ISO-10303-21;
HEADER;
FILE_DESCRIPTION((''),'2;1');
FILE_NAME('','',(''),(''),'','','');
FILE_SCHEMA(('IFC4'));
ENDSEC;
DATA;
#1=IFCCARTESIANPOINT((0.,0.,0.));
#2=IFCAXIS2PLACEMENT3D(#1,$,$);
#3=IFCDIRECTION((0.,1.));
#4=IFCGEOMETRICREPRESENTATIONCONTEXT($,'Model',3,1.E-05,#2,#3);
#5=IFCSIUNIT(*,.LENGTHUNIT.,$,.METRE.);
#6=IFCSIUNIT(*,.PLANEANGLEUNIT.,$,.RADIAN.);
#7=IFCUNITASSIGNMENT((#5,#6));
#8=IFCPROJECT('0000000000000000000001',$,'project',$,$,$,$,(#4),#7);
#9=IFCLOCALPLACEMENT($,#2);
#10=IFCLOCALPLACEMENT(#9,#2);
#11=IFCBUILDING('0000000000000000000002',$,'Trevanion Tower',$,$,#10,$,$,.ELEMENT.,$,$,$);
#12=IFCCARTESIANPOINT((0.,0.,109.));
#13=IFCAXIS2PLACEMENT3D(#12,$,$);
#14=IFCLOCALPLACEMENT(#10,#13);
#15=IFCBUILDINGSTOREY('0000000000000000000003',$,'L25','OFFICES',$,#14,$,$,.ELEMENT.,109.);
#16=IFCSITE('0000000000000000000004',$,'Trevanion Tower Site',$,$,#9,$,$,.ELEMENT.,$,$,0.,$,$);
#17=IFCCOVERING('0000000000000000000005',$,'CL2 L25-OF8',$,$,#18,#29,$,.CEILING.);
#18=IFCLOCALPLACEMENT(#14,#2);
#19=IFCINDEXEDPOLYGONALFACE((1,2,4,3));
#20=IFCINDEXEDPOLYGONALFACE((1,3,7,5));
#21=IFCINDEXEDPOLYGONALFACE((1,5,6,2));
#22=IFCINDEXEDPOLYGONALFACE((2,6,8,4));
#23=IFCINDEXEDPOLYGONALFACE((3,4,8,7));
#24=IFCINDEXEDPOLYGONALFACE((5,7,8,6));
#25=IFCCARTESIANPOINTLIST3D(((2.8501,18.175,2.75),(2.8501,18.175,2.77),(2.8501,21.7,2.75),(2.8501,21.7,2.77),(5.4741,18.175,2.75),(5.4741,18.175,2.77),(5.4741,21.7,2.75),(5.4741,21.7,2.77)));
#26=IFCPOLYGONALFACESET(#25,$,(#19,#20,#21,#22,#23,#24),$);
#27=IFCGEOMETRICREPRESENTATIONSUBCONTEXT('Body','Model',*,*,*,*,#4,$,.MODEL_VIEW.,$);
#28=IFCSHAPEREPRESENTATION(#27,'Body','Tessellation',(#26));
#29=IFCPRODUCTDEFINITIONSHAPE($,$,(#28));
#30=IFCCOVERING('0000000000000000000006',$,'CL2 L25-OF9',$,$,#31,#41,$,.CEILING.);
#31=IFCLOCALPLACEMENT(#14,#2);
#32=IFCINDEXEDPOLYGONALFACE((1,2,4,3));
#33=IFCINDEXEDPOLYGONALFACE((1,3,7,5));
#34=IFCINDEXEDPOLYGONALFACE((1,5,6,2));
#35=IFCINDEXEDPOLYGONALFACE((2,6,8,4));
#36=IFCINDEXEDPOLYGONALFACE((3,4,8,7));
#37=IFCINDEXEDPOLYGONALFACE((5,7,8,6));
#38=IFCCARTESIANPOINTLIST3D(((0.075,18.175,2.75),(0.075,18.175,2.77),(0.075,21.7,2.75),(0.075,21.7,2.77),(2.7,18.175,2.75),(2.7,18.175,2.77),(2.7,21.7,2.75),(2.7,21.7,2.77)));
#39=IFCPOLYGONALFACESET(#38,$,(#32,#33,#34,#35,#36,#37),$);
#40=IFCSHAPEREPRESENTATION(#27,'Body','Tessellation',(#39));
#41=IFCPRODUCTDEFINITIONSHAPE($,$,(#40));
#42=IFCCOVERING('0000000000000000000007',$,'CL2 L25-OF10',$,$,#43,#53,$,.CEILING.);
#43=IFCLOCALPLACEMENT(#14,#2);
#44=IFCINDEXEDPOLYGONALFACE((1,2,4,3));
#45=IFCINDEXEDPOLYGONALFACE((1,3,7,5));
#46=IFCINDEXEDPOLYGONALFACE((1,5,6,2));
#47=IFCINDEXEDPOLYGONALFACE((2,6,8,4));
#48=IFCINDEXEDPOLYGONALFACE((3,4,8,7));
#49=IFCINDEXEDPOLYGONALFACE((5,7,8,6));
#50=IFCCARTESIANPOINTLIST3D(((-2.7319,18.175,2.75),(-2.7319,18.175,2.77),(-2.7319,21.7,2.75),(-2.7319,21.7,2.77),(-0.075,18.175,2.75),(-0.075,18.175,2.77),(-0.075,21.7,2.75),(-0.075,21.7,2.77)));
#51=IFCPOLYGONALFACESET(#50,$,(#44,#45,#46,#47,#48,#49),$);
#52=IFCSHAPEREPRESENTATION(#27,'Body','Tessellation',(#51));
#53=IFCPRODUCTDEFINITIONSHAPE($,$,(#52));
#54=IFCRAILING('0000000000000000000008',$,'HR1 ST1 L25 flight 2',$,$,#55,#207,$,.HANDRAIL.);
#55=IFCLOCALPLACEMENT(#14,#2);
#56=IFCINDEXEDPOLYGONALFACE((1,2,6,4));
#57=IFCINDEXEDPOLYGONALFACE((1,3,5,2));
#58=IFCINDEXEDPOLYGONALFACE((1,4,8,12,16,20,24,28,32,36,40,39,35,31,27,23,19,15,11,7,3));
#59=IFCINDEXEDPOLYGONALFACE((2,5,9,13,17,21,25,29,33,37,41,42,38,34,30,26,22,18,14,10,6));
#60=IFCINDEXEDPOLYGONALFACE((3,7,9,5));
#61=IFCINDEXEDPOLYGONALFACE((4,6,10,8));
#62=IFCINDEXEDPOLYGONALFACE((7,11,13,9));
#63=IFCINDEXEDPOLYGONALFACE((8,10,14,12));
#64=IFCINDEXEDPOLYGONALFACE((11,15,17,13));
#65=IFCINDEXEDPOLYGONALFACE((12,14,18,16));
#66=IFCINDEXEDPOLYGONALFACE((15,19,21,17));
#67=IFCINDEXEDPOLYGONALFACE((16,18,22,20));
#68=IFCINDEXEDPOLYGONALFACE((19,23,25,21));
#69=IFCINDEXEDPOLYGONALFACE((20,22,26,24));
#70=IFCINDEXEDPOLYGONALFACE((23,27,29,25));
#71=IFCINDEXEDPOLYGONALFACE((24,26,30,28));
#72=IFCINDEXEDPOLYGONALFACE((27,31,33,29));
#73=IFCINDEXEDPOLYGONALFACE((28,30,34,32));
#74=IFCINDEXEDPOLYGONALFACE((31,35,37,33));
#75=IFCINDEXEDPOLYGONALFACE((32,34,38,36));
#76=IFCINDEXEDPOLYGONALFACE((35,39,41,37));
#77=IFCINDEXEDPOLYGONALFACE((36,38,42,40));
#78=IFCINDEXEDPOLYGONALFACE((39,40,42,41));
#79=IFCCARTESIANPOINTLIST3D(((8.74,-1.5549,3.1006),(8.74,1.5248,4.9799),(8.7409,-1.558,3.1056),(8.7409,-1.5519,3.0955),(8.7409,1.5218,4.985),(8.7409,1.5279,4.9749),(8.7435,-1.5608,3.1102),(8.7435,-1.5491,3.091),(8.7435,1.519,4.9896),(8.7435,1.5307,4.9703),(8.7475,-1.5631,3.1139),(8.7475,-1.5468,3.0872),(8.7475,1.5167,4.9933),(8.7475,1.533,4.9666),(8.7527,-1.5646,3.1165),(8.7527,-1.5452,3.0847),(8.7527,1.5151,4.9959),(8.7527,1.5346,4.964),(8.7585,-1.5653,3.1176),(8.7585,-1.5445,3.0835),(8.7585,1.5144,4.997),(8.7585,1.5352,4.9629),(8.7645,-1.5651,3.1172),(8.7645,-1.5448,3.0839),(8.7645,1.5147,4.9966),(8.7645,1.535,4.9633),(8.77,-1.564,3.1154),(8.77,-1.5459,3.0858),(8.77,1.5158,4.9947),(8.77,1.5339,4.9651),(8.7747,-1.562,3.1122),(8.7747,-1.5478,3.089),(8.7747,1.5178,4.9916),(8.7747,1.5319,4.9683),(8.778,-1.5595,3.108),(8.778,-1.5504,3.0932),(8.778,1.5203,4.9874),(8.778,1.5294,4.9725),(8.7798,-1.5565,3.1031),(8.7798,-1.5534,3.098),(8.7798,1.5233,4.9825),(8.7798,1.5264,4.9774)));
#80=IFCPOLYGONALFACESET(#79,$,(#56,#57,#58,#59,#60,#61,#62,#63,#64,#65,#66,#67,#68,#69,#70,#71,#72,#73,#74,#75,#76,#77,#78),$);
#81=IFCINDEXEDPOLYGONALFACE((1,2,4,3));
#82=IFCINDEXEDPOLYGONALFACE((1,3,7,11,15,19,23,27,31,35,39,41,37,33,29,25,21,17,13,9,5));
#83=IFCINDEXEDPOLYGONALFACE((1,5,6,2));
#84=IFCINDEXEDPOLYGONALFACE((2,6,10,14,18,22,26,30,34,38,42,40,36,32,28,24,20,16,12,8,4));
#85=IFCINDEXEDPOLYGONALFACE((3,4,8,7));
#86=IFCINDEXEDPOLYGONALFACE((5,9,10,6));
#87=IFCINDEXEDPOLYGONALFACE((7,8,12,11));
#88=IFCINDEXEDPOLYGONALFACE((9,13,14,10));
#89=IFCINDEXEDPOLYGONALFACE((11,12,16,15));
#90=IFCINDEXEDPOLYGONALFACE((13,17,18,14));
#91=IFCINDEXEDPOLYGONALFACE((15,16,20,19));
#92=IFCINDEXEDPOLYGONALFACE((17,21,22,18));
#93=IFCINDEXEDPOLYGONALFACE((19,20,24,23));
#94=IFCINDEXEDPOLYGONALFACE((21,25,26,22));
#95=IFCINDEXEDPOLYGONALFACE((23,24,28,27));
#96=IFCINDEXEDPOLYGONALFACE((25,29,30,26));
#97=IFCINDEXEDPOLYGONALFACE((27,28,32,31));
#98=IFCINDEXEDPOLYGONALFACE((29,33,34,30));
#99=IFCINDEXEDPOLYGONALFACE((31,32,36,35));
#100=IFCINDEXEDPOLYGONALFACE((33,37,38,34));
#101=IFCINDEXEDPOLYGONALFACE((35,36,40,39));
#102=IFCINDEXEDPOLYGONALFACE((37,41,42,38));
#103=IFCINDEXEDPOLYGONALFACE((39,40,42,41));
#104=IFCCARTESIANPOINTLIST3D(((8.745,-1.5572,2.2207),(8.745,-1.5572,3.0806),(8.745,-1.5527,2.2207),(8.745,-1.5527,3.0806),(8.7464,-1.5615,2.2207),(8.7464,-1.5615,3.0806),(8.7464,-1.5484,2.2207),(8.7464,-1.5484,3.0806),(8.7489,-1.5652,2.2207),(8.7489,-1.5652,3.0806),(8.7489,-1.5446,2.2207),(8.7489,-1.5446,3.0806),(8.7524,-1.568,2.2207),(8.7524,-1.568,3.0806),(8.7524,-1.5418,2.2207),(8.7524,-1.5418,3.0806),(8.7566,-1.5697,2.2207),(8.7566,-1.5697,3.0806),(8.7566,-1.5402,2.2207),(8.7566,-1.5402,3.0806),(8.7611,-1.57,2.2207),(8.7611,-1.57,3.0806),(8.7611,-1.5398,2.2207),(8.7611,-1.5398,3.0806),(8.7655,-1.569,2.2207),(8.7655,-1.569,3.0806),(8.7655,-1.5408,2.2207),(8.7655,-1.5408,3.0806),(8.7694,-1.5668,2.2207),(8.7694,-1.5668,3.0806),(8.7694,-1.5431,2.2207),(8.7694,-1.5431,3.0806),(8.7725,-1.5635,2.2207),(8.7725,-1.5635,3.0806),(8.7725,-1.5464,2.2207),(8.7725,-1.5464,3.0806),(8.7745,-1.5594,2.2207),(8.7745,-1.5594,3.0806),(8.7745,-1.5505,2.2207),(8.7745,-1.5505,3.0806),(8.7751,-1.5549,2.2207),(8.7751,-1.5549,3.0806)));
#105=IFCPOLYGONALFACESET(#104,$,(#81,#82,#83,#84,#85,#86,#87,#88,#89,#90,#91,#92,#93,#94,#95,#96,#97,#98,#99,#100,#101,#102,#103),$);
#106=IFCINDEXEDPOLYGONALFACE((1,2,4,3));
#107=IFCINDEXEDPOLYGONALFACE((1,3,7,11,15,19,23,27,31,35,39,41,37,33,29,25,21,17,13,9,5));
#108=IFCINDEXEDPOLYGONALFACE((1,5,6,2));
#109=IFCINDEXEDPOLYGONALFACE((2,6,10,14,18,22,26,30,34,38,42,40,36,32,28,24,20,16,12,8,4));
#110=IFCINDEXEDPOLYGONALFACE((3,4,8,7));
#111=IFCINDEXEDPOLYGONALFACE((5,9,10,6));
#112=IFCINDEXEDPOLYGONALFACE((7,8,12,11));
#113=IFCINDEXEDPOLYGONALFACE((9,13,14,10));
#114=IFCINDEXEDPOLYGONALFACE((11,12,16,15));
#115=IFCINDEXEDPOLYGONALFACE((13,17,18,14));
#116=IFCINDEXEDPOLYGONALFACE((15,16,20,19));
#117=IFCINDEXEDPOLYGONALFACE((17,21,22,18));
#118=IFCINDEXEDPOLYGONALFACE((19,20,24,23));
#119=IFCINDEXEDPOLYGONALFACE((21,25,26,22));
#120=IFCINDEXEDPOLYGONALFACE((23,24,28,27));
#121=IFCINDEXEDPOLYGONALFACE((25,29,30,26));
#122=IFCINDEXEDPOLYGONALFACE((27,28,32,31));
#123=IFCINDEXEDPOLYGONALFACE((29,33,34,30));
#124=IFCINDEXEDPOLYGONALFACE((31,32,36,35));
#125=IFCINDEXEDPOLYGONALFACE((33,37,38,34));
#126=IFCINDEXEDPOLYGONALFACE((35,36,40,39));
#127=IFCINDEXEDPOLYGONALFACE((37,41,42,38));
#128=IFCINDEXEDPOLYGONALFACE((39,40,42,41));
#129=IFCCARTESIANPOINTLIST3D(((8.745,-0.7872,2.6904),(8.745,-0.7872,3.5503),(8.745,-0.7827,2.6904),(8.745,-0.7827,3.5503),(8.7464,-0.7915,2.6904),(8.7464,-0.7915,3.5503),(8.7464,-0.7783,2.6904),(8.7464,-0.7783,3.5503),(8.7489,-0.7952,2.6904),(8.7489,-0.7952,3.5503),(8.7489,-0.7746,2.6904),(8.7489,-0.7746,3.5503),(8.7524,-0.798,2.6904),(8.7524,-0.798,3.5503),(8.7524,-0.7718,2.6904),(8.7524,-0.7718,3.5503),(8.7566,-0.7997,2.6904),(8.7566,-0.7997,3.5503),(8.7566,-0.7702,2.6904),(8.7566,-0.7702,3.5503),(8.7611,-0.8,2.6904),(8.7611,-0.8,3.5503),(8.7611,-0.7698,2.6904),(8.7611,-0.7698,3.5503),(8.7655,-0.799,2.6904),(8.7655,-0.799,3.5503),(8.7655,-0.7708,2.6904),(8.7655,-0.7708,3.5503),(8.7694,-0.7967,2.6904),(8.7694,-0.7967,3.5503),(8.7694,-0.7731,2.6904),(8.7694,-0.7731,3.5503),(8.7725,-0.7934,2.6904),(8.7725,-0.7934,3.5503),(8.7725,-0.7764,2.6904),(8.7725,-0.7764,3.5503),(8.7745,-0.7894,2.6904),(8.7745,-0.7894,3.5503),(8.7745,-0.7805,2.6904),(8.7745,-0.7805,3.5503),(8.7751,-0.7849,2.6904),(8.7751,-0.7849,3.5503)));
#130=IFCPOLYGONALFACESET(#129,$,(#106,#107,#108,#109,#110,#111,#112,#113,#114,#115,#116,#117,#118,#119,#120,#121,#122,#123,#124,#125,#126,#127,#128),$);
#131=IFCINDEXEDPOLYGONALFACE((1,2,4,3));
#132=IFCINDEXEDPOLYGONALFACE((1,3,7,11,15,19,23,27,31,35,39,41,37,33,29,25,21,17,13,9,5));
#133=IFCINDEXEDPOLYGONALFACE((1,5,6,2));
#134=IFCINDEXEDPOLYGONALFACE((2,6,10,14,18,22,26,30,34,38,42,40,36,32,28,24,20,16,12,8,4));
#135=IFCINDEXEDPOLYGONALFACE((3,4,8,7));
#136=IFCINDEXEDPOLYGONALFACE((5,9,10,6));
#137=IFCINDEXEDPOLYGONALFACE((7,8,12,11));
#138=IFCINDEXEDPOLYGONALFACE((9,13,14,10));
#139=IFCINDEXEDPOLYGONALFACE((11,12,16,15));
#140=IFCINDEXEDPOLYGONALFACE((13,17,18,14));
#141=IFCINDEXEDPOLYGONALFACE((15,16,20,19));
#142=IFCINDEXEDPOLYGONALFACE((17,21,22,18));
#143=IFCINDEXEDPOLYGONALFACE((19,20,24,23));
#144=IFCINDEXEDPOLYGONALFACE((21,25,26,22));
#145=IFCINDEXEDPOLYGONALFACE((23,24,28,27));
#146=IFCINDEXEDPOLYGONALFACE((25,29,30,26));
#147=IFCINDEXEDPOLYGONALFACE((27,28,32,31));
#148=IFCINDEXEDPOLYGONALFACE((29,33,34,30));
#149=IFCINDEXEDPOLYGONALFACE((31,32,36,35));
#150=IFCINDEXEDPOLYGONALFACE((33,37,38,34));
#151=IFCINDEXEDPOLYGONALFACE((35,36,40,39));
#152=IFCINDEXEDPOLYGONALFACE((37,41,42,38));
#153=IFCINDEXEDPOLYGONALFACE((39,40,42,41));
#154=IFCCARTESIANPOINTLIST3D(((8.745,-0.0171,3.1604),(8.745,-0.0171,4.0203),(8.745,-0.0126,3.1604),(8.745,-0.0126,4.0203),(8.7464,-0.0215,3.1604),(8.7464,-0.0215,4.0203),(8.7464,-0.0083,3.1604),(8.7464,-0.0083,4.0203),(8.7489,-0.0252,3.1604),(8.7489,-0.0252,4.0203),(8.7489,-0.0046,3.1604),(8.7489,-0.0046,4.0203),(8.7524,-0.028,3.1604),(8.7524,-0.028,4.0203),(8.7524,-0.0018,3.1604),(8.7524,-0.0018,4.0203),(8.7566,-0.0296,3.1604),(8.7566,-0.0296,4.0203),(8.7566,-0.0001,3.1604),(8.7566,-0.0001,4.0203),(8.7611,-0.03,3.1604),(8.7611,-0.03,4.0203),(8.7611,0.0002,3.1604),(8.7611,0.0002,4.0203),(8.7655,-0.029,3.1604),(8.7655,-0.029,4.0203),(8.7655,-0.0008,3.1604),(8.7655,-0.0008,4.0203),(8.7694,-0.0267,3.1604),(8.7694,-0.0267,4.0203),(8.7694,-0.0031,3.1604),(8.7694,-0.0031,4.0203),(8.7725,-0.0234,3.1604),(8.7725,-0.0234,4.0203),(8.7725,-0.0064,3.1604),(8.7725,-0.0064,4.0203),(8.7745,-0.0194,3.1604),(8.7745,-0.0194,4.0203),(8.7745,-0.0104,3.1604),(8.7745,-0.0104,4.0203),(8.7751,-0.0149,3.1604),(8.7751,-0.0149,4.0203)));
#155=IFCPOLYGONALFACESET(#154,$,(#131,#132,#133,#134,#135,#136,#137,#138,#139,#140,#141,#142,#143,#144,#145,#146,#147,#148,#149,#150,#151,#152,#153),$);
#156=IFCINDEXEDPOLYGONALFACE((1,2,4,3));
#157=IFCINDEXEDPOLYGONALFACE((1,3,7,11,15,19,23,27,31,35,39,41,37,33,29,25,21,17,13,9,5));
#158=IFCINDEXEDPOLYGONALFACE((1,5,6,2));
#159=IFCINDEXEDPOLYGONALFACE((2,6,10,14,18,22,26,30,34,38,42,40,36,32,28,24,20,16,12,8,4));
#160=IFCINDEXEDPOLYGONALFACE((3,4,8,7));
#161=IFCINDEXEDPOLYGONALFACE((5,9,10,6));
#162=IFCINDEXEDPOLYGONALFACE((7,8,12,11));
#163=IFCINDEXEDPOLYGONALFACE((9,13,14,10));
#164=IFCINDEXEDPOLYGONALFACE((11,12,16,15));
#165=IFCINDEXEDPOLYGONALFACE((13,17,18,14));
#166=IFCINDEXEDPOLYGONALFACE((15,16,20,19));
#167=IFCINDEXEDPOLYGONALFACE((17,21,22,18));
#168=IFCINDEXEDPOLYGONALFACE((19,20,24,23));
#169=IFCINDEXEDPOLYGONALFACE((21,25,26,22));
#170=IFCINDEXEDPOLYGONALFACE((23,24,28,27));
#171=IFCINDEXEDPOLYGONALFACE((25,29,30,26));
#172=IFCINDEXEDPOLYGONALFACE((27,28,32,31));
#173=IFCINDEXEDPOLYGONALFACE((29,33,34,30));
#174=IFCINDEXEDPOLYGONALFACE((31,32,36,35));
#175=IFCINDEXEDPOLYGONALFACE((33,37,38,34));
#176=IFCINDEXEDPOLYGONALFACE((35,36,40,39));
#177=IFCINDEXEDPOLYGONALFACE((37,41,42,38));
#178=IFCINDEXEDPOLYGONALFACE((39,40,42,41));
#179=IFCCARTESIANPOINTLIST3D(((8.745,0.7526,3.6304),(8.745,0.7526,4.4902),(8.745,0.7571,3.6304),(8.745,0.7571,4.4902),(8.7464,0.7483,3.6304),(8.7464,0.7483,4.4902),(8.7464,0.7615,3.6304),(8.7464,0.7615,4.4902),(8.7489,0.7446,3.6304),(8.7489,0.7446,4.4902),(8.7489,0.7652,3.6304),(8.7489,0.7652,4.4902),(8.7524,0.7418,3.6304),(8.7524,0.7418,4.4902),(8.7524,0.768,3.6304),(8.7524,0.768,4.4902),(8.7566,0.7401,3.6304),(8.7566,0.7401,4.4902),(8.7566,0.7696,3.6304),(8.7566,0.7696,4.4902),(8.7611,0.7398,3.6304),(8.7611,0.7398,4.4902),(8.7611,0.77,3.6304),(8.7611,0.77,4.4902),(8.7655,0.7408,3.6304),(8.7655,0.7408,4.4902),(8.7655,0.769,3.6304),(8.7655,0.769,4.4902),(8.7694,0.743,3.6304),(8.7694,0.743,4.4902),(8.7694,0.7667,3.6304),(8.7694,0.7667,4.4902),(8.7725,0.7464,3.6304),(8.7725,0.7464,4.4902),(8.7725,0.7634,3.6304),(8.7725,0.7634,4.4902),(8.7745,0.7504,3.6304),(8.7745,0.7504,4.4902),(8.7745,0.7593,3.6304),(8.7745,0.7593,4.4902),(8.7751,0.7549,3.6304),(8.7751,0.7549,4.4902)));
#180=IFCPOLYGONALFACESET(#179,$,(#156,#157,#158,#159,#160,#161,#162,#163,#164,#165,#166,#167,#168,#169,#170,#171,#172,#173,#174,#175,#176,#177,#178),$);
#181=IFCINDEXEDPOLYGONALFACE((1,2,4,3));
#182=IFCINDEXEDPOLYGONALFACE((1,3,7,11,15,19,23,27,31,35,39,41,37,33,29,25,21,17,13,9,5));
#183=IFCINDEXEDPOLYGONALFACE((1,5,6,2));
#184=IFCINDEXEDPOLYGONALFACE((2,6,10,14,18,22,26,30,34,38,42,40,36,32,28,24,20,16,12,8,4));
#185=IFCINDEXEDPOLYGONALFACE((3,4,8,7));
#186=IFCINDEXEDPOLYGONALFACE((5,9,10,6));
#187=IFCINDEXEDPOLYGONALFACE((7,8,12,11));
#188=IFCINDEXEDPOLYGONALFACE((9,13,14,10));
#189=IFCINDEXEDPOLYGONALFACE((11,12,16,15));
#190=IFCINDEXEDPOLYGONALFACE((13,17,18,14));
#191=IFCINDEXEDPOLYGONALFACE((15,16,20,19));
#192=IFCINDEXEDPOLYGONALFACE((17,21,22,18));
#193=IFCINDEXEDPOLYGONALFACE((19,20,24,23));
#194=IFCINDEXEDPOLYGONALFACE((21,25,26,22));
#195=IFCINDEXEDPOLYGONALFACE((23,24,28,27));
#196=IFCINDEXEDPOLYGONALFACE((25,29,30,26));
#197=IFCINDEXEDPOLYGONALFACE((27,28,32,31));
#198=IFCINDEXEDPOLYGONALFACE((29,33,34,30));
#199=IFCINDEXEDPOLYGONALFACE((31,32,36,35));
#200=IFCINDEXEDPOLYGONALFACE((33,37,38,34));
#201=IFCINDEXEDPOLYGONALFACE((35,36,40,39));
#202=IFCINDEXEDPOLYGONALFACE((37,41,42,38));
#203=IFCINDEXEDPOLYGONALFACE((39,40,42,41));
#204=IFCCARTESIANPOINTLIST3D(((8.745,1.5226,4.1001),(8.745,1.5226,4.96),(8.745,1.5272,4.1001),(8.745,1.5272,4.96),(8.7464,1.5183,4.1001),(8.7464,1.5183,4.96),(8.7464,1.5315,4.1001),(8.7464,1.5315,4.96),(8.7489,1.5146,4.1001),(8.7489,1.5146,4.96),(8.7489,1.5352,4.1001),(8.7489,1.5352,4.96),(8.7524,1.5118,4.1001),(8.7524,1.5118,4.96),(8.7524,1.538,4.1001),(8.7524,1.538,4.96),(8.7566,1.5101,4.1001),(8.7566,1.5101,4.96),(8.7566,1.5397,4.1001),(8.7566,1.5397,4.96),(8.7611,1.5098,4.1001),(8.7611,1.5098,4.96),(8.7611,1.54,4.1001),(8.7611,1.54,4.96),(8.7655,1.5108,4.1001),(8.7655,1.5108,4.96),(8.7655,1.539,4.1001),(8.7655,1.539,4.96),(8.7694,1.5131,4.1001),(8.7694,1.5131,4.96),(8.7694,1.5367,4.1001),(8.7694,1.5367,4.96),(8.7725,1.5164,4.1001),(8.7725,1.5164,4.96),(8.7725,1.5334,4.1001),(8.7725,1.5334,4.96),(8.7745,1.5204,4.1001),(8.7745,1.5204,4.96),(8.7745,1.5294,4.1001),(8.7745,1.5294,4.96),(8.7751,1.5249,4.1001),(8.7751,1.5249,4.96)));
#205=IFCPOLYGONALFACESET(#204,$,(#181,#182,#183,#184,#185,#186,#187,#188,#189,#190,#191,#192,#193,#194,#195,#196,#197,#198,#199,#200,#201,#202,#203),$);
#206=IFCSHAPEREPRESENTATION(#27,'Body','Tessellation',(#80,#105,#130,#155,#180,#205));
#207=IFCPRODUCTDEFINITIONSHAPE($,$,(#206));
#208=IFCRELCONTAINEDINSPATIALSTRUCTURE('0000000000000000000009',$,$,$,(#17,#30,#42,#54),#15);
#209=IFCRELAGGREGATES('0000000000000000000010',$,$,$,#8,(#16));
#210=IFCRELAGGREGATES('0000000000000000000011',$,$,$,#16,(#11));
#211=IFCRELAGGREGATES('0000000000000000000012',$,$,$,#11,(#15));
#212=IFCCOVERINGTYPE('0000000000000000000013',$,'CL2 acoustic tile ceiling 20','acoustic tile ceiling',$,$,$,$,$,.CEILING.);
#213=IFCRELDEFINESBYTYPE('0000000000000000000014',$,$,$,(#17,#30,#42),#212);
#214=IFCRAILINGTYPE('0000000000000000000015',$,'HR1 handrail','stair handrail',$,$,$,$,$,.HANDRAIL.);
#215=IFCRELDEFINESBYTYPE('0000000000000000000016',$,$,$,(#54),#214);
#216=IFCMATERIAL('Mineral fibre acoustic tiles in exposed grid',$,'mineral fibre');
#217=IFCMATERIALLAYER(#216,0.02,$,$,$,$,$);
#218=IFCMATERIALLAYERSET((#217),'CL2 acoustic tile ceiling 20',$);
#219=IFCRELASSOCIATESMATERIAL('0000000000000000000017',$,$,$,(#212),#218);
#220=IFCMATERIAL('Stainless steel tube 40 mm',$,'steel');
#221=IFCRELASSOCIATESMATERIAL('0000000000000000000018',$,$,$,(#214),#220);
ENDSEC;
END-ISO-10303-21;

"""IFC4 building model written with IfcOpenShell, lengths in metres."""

from ifc_helpers import new_model, si_unit, direction, frame, origin, origin_2d, place, context, subcontext, project, spatial, polyline, circle, outline, extrude, material, layer, layer_set, type_object, element, save


model = new_model("IFC4")

# Units and contexts
model_context = context("Model", 3, precision=1e-05, world=origin(), true_north=direction((0.0, 1.0)))
body_context = subcontext(model_context, "Body", "Model", "MODEL_VIEW")
ifc_project = project(units=[si_unit("LENGTHUNIT", "METRE"), si_unit("PLANEANGLEUNIT", "RADIAN")], contexts=[model_context])

# Site, building, storey
site_placement = place(None, origin())
site = spatial("IfcSite", under=ifc_project, at=site_placement, Name="Trevanion Tower Site", CompositionType="ELEMENT", RefElevation=0.0)
building_placement = place(site_placement, origin())
building = spatial("IfcBuilding", under=site, at=building_placement, Name="Trevanion Tower", CompositionType="ELEMENT")
storey_placement = place(building_placement, frame((0.0, 0.0, 109.0)))
storey = spatial("IfcBuildingStorey", under=building, at=storey_placement, Name="L25", Description="OFFICES", CompositionType="ELEMENT", Elevation=109.0)

# Coverings
ifc_material_1 = material(Name="Mineral fibre acoustic tiles in exposed grid", Category="mineral fibre")
ifc_layer_1 = layer(ifc_material_1, 0.02)
ifc_layer_set_1 = layer_set([ifc_layer_1], Name="CL2 acoustic tile ceiling 20")
covering_type_1 = type_object("IfcCoveringType", Name="CL2 acoustic tile ceiling 20", Description="acoustic tile ceiling", PredefinedType="CEILING", material=ifc_layer_set_1)
covering_1_placement = place(storey_placement, frame((0.0, 0.0, 2.75)))
element("IfcCovering", 1, at=covering_1_placement, inside=storey, type_object=covering_type_1, Name="CL2 L25-OF8", PredefinedType="CEILING", context=body_context, shape_type="SweptSolid", body=[
    extrude(outline(polyline([(5.4741, 18.175), (2.8501, 18.175), (2.8501, 21.7), (5.4741, 21.7), (5.4741, 18.175)])), origin(), (0.0, 0.0, 1.0), 0.02),
])
covering_2_placement = place(storey_placement, frame((0.0, 0.0, 2.75)))
element("IfcCovering", 2, at=covering_2_placement, inside=storey, type_object=covering_type_1, Name="CL2 L25-OF9", PredefinedType="CEILING", context=body_context, shape_type="SweptSolid", body=[
    extrude(outline(polyline([(2.7, 18.175), (0.075, 18.175), (0.075, 21.7), (2.7, 21.7), (2.7, 18.175)])), origin(), (0.0, 0.0, 1.0), 0.02),
])
covering_3_placement = place(storey_placement, frame((0.0, 0.0, 2.75)))
element("IfcCovering", 3, at=covering_3_placement, inside=storey, type_object=covering_type_1, Name="CL2 L25-OF10", PredefinedType="CEILING", context=body_context, shape_type="SweptSolid", body=[
    extrude(outline(polyline([(-0.075, 18.175), (-2.7319, 18.175), (-2.7319, 21.7), (-0.075, 21.7), (-0.075, 18.175)])), origin(), (0.0, 0.0, 1.0), 0.02),
])

# Railing
ifc_material_2 = material(Name="Stainless steel tube 40 mm", Category="steel")
railing_type = type_object("IfcRailingType", Name="HR1 handrail", Description="stair handrail", PredefinedType="HANDRAIL", material=ifc_material_2)
for number, where, name in (
    (4, (8.76, -1.5549, 2.2207), "HR1 ST1 L25 flight 2"),
):
    element("IfcRailing", number, at=place(storey_placement, frame(where)), inside=storey, type_object=railing_type, Name=name, PredefinedType="HANDRAIL", context=body_context, shape_type="SweptSolid", body=[
        extrude(circle(Radius=0.02, at=origin_2d()), frame((0.0, 0.0, 0.8799), z_axis=(0.0, 0.853618, 0.5209), x_axis=(-1.0, 0.0, 0.0)), (0.0, 0.0, 1.0), 3.6079),
        extrude(circle(Radius=0.0151, at=origin_2d()), origin(), (0.0, 0.0, 1.0), 0.8599),
        extrude(circle(Radius=0.0151, at=origin_2d()), frame((0.0, 0.77, 0.4697)), (0.0, 0.0, 1.0), 0.8599),
        extrude(circle(Radius=0.0151, at=origin_2d()), frame((0.0, 1.54, 0.9397)), (0.0, 0.0, 1.0), 0.8599),
        extrude(circle(Radius=0.0151, at=origin_2d()), frame((0.0, 2.3098, 1.4097)), (0.0, 0.0, 1.0), 0.8599),
        extrude(circle(Radius=0.0151, at=origin_2d()), frame((0.0, 3.0798, 1.8794)), (0.0, 0.0, 1.0), 0.8599),
    ])

save(model, "model.ifc")
